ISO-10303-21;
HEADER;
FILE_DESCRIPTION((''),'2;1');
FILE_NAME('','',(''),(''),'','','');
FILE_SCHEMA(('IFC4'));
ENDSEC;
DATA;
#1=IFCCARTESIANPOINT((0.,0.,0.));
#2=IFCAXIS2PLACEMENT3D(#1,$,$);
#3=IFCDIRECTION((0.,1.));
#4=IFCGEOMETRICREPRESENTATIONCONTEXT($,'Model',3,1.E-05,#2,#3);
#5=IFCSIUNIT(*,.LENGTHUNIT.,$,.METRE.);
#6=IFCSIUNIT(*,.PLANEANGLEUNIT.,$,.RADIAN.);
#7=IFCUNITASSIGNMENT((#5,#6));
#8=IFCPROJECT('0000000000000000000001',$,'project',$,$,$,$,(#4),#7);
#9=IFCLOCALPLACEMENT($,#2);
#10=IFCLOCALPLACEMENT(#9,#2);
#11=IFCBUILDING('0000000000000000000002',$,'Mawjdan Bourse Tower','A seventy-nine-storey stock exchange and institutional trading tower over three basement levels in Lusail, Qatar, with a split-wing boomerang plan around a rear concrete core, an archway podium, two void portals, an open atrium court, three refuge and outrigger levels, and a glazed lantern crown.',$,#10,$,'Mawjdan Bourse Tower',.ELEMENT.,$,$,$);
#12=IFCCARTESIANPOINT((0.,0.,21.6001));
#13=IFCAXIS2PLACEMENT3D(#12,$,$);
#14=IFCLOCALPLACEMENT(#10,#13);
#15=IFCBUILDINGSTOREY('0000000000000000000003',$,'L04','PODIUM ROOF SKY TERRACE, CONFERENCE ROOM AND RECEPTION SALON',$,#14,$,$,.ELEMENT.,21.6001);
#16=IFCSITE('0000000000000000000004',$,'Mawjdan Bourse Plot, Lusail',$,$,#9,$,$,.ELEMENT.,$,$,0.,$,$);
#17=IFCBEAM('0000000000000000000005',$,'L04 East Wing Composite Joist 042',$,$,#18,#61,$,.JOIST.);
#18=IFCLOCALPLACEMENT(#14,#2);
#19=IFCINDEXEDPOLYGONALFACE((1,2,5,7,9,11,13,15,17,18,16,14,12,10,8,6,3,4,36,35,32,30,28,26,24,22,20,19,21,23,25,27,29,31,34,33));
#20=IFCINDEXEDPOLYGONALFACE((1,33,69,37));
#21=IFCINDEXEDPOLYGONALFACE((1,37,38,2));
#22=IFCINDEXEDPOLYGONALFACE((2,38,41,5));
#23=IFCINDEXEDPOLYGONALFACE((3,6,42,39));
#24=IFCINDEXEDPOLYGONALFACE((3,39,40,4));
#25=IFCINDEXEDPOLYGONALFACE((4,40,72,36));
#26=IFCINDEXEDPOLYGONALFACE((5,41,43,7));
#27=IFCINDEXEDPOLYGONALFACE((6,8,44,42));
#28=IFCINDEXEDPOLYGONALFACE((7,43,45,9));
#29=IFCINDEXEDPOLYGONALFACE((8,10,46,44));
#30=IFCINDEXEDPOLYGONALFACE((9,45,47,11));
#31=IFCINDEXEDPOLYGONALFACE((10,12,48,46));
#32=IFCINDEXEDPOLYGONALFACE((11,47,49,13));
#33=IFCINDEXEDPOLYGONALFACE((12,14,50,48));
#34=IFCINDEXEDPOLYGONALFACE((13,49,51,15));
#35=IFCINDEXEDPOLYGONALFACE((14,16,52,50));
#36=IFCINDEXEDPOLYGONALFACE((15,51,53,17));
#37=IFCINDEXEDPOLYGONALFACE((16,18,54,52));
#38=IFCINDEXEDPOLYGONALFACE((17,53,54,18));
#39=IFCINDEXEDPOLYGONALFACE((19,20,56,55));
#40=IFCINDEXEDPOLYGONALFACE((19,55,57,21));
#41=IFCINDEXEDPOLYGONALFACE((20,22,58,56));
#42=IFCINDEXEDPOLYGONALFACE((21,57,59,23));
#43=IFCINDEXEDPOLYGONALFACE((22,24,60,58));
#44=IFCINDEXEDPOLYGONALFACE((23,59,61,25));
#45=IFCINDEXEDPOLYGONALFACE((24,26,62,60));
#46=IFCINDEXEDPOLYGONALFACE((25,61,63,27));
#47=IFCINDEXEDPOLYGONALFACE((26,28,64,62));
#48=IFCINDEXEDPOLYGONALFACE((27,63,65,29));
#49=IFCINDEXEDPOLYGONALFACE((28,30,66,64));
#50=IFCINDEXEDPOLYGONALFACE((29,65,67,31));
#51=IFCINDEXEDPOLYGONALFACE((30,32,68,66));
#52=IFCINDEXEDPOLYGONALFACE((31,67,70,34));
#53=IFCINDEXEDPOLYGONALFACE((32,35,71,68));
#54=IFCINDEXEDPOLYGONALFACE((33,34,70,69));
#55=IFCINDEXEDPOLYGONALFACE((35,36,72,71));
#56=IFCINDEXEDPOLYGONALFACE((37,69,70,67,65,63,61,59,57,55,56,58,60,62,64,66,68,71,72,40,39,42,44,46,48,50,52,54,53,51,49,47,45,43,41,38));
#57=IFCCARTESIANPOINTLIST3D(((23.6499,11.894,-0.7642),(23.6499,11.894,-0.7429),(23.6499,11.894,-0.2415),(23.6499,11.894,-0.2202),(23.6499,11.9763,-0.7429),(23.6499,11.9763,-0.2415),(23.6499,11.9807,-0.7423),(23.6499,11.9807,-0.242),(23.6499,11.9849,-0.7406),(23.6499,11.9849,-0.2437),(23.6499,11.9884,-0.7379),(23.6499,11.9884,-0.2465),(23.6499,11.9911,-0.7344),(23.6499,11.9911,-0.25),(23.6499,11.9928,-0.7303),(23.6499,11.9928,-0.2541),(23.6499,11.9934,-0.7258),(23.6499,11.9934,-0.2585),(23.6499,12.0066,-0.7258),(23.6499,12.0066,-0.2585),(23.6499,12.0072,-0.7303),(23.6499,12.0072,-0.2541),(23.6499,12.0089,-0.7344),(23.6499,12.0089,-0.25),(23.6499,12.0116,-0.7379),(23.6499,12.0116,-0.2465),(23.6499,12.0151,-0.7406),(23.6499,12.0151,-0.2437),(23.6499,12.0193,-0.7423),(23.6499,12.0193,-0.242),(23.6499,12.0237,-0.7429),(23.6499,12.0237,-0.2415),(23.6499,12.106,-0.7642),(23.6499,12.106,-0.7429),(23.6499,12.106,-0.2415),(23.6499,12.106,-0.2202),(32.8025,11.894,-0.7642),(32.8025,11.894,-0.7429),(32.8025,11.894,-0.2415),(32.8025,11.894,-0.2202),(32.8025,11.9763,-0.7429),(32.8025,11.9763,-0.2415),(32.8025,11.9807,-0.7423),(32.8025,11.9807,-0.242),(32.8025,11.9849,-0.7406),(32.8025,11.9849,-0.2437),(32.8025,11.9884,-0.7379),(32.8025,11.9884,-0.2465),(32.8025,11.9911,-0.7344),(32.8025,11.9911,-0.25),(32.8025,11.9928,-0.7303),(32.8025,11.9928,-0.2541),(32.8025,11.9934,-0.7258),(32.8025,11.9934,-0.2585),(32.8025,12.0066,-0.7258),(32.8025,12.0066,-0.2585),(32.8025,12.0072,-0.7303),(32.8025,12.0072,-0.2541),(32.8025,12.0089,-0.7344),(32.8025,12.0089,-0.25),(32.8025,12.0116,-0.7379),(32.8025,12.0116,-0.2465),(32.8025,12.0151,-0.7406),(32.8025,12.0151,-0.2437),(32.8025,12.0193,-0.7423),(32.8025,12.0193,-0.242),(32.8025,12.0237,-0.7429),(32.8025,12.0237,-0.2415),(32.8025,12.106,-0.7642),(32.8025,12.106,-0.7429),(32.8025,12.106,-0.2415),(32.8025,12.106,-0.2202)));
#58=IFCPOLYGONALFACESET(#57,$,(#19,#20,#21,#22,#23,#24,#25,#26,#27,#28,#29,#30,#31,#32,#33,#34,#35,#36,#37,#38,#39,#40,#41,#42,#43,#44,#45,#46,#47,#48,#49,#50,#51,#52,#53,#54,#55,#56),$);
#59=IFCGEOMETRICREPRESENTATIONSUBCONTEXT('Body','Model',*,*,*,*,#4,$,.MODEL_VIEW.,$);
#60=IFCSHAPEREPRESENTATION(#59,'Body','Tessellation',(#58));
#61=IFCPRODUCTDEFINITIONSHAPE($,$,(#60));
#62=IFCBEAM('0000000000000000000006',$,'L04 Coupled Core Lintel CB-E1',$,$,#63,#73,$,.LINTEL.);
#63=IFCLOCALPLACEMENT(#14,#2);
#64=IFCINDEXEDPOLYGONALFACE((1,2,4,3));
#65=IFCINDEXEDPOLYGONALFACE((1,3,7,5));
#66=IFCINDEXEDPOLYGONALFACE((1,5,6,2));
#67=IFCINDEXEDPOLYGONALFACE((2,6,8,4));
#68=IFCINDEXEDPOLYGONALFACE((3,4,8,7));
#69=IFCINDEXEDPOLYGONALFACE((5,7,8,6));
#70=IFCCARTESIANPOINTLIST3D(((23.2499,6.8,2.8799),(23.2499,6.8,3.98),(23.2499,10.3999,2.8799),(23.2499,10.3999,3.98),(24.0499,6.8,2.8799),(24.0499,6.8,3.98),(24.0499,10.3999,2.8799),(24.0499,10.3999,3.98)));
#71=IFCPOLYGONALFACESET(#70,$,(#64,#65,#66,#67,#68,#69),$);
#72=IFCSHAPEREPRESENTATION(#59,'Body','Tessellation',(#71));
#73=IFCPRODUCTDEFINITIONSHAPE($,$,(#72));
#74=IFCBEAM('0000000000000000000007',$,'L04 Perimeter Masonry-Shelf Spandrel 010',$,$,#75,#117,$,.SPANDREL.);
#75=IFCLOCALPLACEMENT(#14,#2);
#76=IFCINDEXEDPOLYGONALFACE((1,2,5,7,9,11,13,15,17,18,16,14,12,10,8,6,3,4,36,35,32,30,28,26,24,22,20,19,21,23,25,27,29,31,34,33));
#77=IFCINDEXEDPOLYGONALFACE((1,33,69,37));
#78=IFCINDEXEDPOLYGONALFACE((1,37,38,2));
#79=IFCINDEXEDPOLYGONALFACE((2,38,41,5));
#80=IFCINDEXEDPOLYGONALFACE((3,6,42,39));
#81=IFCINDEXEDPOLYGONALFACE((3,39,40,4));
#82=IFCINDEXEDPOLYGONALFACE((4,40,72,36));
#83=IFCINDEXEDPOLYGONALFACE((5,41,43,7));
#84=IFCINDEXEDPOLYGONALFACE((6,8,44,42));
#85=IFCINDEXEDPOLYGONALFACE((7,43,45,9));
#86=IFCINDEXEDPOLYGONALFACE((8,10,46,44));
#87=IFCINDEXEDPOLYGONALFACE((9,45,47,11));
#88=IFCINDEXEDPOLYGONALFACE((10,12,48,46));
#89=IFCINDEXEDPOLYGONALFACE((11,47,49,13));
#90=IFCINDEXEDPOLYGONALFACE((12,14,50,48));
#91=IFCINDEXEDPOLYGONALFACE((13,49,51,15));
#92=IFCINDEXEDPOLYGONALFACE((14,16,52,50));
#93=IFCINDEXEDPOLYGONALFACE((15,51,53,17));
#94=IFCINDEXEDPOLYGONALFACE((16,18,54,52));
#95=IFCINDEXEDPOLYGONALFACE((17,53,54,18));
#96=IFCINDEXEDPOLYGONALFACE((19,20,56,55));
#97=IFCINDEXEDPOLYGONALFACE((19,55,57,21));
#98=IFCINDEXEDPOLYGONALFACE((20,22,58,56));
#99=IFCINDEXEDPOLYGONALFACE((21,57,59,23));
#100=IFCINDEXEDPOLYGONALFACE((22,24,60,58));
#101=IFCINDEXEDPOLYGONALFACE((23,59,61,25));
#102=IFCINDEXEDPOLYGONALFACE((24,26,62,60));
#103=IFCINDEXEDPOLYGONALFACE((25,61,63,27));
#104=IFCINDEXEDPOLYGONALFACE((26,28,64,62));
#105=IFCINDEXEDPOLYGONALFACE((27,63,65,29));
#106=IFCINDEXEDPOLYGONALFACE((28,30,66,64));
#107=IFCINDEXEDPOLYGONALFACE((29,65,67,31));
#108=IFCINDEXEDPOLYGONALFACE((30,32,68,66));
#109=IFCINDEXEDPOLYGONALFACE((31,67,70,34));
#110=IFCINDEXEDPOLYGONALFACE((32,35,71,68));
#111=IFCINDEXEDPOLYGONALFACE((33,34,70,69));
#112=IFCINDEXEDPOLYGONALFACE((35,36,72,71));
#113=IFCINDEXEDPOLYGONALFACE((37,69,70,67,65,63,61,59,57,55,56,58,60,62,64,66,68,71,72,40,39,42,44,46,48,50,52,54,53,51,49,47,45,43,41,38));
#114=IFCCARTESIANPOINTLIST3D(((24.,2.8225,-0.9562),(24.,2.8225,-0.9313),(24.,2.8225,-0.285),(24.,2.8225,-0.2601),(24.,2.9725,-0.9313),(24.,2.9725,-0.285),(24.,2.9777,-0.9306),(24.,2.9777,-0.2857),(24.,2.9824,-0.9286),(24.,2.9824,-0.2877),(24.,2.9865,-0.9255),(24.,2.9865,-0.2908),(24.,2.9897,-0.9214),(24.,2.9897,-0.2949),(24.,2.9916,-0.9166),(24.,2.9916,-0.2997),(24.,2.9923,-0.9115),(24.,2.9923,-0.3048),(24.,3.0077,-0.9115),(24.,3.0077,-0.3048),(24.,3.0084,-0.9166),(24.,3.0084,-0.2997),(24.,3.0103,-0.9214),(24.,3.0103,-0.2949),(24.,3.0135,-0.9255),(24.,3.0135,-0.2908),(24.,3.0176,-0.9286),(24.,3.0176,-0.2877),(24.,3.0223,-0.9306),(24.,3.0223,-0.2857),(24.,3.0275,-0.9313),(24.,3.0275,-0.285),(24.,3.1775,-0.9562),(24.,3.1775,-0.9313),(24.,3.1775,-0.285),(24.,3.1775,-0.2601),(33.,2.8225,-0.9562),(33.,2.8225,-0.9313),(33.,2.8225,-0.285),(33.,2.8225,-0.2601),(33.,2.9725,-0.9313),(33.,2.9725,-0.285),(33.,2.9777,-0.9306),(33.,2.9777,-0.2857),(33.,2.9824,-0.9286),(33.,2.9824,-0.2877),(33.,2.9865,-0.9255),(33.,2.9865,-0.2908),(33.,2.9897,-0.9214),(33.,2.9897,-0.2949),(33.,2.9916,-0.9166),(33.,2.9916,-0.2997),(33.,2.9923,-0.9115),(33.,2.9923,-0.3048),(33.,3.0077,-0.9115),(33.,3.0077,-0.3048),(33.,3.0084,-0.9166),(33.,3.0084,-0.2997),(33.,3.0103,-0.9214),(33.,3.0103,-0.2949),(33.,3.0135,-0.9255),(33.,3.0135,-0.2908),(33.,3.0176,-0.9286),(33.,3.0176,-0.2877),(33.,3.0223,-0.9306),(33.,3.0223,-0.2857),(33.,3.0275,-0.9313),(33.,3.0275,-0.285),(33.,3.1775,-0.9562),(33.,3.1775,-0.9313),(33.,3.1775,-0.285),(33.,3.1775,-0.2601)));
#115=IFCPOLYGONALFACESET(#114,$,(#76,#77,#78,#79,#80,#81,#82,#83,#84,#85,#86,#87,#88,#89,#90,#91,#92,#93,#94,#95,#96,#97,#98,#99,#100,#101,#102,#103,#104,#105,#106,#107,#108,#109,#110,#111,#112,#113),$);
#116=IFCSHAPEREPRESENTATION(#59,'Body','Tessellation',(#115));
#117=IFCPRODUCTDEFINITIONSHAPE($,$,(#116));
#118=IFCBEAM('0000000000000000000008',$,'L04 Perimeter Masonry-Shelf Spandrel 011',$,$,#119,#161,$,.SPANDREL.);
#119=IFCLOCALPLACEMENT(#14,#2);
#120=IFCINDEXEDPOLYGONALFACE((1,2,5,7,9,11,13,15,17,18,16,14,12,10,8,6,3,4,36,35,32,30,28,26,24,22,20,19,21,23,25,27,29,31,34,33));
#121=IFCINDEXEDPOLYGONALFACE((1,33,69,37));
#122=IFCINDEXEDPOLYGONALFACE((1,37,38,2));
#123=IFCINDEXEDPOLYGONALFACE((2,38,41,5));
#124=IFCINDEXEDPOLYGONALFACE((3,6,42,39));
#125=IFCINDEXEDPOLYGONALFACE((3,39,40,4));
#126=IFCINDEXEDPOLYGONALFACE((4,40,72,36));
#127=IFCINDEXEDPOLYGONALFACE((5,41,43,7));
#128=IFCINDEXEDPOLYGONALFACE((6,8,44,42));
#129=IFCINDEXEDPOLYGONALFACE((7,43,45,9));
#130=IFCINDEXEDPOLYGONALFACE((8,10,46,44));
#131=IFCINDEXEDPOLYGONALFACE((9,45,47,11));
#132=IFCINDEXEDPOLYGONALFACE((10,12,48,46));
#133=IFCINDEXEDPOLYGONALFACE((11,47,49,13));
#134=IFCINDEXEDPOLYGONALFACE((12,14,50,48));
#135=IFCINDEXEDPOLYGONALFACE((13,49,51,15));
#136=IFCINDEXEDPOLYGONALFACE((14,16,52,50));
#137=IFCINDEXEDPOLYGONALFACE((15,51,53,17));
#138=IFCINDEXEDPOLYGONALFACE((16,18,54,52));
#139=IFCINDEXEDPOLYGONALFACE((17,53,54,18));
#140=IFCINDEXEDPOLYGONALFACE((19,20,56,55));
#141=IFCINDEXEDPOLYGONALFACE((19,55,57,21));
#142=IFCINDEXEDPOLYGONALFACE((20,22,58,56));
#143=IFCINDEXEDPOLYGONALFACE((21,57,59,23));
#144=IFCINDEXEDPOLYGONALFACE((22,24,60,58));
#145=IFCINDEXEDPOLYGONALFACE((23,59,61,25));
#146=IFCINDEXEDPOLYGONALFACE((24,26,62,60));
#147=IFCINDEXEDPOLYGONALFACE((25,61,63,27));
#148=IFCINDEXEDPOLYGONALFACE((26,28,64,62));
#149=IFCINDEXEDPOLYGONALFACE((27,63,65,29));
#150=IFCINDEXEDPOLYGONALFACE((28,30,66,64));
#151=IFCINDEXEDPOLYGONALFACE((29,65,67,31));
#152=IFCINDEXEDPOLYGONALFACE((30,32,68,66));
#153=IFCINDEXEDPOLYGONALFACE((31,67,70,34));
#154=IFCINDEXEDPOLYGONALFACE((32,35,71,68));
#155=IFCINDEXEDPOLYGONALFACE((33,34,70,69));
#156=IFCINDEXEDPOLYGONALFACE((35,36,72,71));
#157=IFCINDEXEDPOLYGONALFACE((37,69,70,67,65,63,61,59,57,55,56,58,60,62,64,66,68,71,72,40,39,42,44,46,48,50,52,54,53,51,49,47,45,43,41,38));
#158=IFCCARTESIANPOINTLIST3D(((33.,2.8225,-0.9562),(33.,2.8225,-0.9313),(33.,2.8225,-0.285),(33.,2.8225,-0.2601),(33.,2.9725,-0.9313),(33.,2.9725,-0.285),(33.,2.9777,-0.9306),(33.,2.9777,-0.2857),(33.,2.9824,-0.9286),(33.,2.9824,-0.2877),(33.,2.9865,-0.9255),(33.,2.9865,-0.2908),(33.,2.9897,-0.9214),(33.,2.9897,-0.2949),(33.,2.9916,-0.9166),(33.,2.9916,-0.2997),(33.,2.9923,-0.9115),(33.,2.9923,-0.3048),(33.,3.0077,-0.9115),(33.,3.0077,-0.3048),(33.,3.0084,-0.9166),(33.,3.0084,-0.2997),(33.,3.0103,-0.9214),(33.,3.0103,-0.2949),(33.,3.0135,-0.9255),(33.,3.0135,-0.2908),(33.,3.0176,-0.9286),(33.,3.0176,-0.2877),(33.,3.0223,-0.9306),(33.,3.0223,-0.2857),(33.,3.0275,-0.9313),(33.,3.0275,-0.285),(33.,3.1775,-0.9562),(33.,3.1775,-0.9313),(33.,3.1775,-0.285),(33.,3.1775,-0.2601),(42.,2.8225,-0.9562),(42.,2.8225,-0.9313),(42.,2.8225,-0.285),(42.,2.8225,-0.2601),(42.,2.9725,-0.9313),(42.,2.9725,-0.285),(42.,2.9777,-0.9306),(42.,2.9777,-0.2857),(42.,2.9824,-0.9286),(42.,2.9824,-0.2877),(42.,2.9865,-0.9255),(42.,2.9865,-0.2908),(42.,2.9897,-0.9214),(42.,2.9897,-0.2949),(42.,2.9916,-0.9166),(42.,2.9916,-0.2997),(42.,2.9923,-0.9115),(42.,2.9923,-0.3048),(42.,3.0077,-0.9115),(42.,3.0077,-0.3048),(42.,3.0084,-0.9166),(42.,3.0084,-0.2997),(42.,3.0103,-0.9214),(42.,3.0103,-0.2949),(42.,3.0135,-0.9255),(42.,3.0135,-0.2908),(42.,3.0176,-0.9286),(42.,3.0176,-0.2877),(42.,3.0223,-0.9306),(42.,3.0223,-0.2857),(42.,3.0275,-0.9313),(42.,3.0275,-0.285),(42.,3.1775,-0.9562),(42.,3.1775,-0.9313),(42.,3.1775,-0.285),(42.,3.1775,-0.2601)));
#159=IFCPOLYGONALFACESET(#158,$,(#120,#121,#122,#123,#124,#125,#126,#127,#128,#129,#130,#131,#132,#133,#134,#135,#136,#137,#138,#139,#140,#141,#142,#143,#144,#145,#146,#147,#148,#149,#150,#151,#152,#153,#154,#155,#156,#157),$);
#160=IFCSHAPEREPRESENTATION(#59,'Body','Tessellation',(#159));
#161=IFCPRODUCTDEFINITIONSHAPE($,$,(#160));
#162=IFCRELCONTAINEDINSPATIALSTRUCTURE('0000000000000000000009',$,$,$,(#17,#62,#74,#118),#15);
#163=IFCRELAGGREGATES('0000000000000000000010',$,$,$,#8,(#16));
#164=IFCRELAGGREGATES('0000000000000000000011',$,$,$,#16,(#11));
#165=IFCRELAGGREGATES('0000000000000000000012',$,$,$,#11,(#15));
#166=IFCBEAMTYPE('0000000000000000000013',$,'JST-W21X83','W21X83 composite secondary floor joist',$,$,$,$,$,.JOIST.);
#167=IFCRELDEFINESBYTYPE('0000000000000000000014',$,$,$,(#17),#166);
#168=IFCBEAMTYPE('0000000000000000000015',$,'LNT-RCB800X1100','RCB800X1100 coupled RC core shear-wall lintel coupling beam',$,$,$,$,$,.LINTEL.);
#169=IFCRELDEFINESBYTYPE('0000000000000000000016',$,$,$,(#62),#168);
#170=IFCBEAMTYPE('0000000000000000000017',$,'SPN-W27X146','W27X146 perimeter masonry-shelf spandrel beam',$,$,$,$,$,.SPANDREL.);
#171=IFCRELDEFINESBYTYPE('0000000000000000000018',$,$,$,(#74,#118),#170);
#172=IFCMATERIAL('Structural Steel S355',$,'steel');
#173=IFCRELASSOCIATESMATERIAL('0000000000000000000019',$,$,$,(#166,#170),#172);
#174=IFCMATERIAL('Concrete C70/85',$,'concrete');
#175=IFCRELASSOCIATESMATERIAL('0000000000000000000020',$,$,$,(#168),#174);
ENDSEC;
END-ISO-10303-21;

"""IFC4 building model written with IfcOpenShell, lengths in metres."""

from ifc_helpers import new_model, si_unit, direction, frame, origin, origin_2d, place, context, subcontext, project, spatial, rectangle, i_section, extrude, material, material_profile, profile_set, type_object, element, save


model = new_model("IFC4")

# Units and contexts
model_context = context("Model", 3, precision=1e-05, world=origin(), true_north=direction((0.0, 1.0)))
body_context = subcontext(model_context, "Body", "Model", "MODEL_VIEW")
ifc_project = project(units=[si_unit("LENGTHUNIT", "METRE"), si_unit("PLANEANGLEUNIT", "RADIAN")], contexts=[model_context])

# Site, building, storey
site_placement = place(None, origin())
site = spatial("IfcSite", under=ifc_project, at=site_placement, Name="Mawjdan Bourse Plot, Lusail", CompositionType="ELEMENT", RefElevation=0.0)
building_placement = place(site_placement, origin())
building = spatial("IfcBuilding", under=site, at=building_placement, Name="Mawjdan Bourse Tower", Description="A seventy-nine-storey stock exchange and institutional trading tower over three basement levels in Lusail, Qatar, with a split-wing boomerang plan around a rear concrete core, an archway podium, two void portals, an open atrium court, three refuge and outrigger levels, and a glazed lantern crown.", LongName="Mawjdan Bourse Tower", CompositionType="ELEMENT")
storey_placement = place(building_placement, frame((0.0, 0.0, 21.6001)))
storey = spatial("IfcBuildingStorey", under=building, at=storey_placement, Name="L04", Description="PODIUM ROOF SKY TERRACE, CONFERENCE ROOM AND RECEPTION SALON", CompositionType="ELEMENT", Elevation=21.6001)

# Beams
ifc_material_1 = material(Name="Structural Steel S355", Category="steel")
ifc_material_profile_1 = material_profile(ifc_material_1, i_section(OverallWidth=0.2119, OverallDepth=0.5439, WebThickness=0.0132, FlangeThickness=0.0212, FilletRadius=0.0171, at=origin_2d()), Name="W21X83")
ifc_profile_set_1 = profile_set([ifc_material_profile_1], Name="Structural Steel S355")
beam_type_1 = type_object("IfcBeamType", Name="JST-W21X83", Description="W21X83 composite secondary floor joist", PredefinedType="JOIST", material=ifc_profile_set_1)
for number, where, z_axis, x_axis, name in (
    (1, (23.6499, 12.0, -0.4922), (1.0, 0.0, 0.0), (0.0, 1.0, 0.0), "L04 East Wing Composite Joist 042"),
):
    element("IfcBeam", number, at=place(storey_placement, frame(where, z_axis=z_axis, x_axis=x_axis)), inside=storey, type_object=beam_type_1, Name=name, PredefinedType="JOIST", context=body_context, shape_type="SweptSolid", body=[
        extrude(i_section(OverallWidth=0.2119, OverallDepth=0.5439, WebThickness=0.0132, FlangeThickness=0.0212, FilletRadius=0.0171, at=origin_2d()), origin(), (0.0, 0.0, 1.0), 9.1526),
    ])
ifc_material_2 = material(Name="Concrete C70/85", Category="concrete")
ifc_material_profile_2 = material_profile(ifc_material_2, rectangle(XDim=0.8, YDim=1.1001, at=origin_2d()), Name="RCB800X1100")
ifc_profile_set_2 = profile_set([ifc_material_profile_2], Name="Concrete C70/85")
beam_type_2 = type_object("IfcBeamType", Name="LNT-RCB800X1100", Description="RCB800X1100 coupled RC core shear-wall lintel coupling beam", PredefinedType="LINTEL", material=ifc_profile_set_2)
beam_1_placement = place(storey_placement, frame((23.6499, 6.8, 3.4299), z_axis=(0.0, 1.0, 0.0), x_axis=(-1.0, 0.0, 0.0)))
element("IfcBeam", 2, at=beam_1_placement, inside=storey, type_object=beam_type_2, Name="L04 Coupled Core Lintel CB-E1", PredefinedType="LINTEL", context=body_context, shape_type="SweptSolid", body=[
    extrude(rectangle(XDim=0.8, YDim=1.1001, at=origin_2d()), origin(), (0.0, 0.0, 1.0), 3.5999),
])
ifc_material_profile_3 = material_profile(ifc_material_1, i_section(OverallWidth=0.355, OverallDepth=0.696, WebThickness=0.0154, FlangeThickness=0.0249, FilletRadius=0.0198, at=origin_2d()), Name="W27X146")
ifc_profile_set_3 = profile_set([ifc_material_profile_3], Name="Structural Steel S355")
beam_type_3 = type_object("IfcBeamType", Name="SPN-W27X146", Description="W27X146 perimeter masonry-shelf spandrel beam", PredefinedType="SPANDREL", material=ifc_profile_set_3)
for number, where, z_axis, x_axis, name in (
    (3, (24.0, 3.0, -0.6082), (1.0, 0.0, 0.0), (0.0, 1.0, 0.0), "L04 Perimeter Masonry-Shelf Spandrel 010"),
    (4, (33.0, 3.0, -0.6082), (1.0, 0.0, 0.0), (0.0, 1.0, 0.0), "L04 Perimeter Masonry-Shelf Spandrel 011"),
):
    element("IfcBeam", number, at=place(storey_placement, frame(where, z_axis=z_axis, x_axis=x_axis)), inside=storey, type_object=beam_type_3, Name=name, PredefinedType="SPANDREL", context=body_context, shape_type="SweptSolid", body=[
        extrude(i_section(OverallWidth=0.355, OverallDepth=0.696, WebThickness=0.0154, FlangeThickness=0.0249, FilletRadius=0.0198, at=origin_2d()), origin(), (0.0, 0.0, 1.0), 9.0),
    ])

save(model, "model.ifc")
